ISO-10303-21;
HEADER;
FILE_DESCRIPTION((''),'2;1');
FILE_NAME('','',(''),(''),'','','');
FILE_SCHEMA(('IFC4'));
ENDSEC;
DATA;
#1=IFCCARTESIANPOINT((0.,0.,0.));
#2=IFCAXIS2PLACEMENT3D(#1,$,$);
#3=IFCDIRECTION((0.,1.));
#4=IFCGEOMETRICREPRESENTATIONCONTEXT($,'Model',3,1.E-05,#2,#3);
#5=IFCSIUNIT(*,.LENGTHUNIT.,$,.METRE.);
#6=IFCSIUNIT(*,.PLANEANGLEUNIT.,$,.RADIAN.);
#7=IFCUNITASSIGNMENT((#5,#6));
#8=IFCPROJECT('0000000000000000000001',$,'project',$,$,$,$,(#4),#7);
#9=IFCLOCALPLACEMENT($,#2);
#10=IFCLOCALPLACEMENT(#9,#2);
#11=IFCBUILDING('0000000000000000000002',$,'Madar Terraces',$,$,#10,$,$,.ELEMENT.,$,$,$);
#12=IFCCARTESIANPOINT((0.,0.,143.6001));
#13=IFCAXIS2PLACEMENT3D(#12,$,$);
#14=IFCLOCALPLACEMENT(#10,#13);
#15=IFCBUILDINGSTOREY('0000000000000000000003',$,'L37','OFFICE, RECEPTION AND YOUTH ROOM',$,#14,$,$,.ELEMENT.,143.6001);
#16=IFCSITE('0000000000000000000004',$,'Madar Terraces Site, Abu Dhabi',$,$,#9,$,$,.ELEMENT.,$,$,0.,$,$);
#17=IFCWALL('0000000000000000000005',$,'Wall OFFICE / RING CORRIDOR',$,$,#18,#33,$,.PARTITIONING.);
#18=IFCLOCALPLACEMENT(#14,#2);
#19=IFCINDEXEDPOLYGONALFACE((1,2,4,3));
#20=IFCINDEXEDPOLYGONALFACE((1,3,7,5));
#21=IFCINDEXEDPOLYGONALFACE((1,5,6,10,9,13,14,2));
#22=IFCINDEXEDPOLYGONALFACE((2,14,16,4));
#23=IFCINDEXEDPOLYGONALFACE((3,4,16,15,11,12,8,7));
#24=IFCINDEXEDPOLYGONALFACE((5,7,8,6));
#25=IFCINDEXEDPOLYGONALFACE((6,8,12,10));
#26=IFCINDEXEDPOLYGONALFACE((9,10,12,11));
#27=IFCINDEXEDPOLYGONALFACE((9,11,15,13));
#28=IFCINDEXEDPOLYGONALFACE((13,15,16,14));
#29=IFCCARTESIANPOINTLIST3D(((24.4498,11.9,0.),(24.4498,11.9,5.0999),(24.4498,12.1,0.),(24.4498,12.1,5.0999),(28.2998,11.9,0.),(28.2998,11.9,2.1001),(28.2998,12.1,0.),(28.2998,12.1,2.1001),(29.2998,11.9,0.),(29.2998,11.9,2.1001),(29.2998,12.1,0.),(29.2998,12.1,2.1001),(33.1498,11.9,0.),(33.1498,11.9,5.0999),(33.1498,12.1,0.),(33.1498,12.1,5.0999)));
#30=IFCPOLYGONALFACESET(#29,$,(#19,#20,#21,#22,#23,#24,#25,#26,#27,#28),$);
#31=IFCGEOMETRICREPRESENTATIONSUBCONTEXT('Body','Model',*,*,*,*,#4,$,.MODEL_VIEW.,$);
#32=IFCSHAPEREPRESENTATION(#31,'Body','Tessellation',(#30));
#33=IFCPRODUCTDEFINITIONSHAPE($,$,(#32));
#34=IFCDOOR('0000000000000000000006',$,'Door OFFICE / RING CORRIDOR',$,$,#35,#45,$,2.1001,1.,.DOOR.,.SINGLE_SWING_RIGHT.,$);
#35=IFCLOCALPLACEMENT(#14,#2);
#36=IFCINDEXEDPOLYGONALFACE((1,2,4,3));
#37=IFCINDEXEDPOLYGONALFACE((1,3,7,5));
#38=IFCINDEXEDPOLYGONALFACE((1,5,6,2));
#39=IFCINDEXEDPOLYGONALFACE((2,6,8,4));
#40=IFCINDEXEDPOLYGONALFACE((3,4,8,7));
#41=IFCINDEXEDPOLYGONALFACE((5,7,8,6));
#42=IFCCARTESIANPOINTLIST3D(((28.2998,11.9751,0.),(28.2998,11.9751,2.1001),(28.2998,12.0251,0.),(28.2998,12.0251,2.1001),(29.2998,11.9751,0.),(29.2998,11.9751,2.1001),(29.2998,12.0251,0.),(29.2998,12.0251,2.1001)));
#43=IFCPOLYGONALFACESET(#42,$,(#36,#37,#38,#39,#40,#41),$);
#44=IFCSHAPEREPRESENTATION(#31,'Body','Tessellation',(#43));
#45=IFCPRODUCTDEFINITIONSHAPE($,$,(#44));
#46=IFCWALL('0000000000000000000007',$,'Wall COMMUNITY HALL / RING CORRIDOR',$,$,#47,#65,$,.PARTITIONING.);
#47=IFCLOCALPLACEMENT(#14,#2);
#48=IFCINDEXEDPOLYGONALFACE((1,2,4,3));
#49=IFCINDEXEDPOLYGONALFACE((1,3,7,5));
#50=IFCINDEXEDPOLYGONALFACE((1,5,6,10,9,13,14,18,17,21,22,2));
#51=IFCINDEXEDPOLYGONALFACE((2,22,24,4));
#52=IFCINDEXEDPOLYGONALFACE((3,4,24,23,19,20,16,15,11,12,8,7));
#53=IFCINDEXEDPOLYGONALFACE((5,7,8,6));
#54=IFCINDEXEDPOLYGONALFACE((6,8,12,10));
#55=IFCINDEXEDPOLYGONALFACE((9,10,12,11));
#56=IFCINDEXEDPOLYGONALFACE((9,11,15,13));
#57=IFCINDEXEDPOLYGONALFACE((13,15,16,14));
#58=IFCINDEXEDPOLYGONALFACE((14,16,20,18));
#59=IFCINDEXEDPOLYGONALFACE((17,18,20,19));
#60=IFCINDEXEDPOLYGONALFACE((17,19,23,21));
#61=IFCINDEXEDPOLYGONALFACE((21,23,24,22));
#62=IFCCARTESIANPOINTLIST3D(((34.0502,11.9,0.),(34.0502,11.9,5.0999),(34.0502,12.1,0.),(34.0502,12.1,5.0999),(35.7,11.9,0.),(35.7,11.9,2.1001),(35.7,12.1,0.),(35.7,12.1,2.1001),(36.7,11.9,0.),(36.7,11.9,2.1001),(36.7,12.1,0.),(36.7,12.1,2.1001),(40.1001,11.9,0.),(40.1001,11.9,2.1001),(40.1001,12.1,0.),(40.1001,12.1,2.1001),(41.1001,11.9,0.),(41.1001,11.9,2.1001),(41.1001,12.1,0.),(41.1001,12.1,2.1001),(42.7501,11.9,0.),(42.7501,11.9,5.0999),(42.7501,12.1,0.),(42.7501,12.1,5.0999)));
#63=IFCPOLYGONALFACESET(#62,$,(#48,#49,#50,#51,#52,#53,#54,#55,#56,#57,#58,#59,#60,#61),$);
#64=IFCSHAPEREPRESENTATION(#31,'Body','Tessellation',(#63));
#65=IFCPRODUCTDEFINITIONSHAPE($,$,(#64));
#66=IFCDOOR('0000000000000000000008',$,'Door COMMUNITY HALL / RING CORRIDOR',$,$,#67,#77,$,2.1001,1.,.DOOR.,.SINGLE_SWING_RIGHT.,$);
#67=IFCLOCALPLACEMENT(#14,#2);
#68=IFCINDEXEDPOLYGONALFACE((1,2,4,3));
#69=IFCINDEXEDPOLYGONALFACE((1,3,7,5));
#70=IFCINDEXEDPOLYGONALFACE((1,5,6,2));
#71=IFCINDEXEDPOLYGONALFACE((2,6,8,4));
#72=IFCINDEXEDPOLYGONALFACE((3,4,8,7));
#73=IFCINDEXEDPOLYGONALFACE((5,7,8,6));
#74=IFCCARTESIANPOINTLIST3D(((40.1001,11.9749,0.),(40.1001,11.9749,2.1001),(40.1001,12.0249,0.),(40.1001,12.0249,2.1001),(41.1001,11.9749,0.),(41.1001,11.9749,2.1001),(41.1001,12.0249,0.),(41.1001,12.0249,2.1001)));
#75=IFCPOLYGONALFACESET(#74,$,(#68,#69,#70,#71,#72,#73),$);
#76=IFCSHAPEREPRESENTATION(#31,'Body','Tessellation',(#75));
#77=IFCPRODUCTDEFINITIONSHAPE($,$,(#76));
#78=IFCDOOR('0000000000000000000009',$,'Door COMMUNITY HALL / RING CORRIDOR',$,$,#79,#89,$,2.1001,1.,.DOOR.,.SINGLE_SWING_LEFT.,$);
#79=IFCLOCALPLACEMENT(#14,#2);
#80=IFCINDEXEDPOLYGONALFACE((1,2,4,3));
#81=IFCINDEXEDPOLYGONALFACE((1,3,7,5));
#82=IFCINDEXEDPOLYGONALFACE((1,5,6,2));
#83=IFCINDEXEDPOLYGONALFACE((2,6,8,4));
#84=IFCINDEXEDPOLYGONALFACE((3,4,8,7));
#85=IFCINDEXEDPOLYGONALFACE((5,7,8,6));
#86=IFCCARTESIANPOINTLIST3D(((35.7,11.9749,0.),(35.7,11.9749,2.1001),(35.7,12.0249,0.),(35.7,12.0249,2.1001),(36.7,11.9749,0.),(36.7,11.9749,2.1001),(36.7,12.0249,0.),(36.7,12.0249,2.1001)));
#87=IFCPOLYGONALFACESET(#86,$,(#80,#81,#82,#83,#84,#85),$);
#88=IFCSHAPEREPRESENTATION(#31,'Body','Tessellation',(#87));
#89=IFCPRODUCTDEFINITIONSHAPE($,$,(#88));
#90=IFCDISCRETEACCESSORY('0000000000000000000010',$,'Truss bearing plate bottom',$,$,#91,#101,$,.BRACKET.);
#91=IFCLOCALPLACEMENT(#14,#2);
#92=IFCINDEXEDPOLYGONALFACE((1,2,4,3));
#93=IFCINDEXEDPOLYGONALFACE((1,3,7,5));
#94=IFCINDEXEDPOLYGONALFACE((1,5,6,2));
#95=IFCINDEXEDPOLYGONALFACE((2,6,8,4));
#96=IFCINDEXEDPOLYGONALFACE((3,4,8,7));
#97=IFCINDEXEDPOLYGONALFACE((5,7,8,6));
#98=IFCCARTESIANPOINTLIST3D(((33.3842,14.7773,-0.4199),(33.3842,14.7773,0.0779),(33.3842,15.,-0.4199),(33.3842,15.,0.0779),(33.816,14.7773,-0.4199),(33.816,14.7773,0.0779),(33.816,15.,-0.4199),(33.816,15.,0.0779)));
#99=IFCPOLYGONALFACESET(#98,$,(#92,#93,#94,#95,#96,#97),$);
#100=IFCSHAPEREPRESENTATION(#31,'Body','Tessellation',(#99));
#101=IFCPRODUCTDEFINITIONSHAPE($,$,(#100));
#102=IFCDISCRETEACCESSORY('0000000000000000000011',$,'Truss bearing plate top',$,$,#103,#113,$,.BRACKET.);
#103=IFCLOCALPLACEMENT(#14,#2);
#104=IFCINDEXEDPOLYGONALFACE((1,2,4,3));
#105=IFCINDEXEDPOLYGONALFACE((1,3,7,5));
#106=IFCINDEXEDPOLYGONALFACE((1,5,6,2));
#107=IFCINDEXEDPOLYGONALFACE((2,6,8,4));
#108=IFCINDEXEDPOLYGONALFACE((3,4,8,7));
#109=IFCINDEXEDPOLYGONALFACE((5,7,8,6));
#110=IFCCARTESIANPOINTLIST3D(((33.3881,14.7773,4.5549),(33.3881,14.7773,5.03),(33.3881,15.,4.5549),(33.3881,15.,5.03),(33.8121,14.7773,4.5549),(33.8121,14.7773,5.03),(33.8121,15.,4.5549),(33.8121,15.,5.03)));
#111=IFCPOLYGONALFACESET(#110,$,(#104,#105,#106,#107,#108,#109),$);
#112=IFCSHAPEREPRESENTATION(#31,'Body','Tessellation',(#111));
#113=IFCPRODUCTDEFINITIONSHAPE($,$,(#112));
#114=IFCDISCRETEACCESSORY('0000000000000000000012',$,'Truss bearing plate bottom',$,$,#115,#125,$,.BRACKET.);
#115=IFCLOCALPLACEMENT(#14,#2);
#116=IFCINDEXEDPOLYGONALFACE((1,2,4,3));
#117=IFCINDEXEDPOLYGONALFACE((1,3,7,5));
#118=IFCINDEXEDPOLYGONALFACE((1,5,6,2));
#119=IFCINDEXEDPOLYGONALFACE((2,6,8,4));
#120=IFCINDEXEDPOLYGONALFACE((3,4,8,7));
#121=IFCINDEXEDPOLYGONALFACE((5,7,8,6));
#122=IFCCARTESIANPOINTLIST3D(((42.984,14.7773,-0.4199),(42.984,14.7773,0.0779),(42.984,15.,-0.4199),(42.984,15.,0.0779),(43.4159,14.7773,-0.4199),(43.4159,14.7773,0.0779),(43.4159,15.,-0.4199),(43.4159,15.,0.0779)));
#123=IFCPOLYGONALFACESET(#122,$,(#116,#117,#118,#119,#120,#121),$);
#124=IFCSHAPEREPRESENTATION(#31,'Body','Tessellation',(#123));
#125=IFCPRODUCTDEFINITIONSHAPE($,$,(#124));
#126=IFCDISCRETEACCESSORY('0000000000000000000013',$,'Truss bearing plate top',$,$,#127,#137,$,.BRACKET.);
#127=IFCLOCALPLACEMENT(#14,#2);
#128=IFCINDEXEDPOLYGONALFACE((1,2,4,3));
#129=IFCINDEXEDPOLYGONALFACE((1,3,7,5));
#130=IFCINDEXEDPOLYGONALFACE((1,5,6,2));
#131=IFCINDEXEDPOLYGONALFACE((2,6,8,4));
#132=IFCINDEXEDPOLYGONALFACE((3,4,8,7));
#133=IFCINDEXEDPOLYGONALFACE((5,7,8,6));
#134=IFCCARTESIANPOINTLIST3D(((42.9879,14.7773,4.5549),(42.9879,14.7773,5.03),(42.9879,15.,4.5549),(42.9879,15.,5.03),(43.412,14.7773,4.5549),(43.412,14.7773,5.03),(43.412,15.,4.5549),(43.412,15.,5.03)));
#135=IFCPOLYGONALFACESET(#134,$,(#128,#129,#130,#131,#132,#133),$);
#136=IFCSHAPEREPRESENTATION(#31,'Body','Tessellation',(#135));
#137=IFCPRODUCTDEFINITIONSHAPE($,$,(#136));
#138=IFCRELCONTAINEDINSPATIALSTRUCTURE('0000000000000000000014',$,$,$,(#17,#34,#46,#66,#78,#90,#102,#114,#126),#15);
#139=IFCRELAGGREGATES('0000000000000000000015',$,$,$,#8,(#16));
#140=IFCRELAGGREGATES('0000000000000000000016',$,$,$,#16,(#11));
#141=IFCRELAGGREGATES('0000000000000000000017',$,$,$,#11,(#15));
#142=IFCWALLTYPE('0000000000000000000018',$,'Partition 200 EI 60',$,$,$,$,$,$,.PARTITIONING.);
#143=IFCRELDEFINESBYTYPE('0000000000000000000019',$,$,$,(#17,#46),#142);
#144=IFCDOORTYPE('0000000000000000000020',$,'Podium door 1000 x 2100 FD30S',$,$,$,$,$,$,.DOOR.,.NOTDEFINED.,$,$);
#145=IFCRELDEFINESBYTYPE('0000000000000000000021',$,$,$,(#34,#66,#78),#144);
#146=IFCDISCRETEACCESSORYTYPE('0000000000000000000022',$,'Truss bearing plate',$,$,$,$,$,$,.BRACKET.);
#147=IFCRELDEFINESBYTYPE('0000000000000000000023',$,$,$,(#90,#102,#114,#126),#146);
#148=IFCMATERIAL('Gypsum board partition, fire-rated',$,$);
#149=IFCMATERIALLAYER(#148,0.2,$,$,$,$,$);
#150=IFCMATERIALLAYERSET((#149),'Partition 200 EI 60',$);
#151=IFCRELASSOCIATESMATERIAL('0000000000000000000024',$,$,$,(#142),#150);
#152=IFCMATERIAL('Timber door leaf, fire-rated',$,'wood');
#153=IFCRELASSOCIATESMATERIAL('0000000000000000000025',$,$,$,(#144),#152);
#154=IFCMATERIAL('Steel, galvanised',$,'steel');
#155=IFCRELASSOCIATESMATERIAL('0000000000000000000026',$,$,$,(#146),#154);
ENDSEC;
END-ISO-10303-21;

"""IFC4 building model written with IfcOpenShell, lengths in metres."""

from ifc_helpers import new_model, si_unit, direction, frame, frame_2d, origin, origin_2d, place, context, subcontext, project, spatial, rectangle, extrude, material, layer, layer_set, type_object, element, fill, save


model = new_model("IFC4")

# Units and contexts
model_context = context("Model", 3, precision=1e-05, world=origin(), true_north=direction((0.0, 1.0)))
body_context = subcontext(model_context, "Body", "Model", "MODEL_VIEW")
ifc_project = project(units=[si_unit("LENGTHUNIT", "METRE"), si_unit("PLANEANGLEUNIT", "RADIAN")], contexts=[model_context])

# Site, building, storey
site_placement = place(None, origin())
site = spatial("IfcSite", under=ifc_project, at=site_placement, Name="Madar Terraces Site, Abu Dhabi", CompositionType="ELEMENT", RefElevation=0.0)
building_placement = place(site_placement, origin())
building = spatial("IfcBuilding", under=site, at=building_placement, Name="Madar Terraces", CompositionType="ELEMENT")
storey_placement = place(building_placement, frame((0.0, 0.0, 143.6001)))
storey = spatial("IfcBuildingStorey", under=building, at=storey_placement, Name="L37", Description="OFFICE, RECEPTION AND YOUTH ROOM", CompositionType="ELEMENT", Elevation=143.6001)

# Wall, opening, door
ifc_material_1 = material(Name="Gypsum board partition, fire-rated")
ifc_layer_1 = layer(ifc_material_1, 0.2)
ifc_layer_set_1 = layer_set([ifc_layer_1], Name="Partition 200 EI 60")
wall_type_1 = type_object("IfcWallType", Name="Partition 200 EI 60", PredefinedType="PARTITIONING", material=ifc_layer_set_1)
wall_1_placement = place(storey_placement, frame((33.1499, 12.0, 0.0), z_axis=(0.0, 0.0, 1.0), x_axis=(-1.0, 0.0, 0.0)))
wall_1 = element("IfcWall", 1, at=wall_1_placement, inside=storey, type_object=wall_type_1, Name="Wall OFFICE / RING CORRIDOR", PredefinedType="PARTITIONING", context=body_context, shape_type="SweptSolid", body=[
    extrude(rectangle(XDim=8.7, YDim=0.2, at=frame_2d((4.3501, 0.0))), origin(), (0.0, 0.0, 1.0), 5.0999),
])
opening_1_placement = place(wall_1_placement, frame((3.8501, 0.0, 0.0)))
opening_1 = element("IfcOpeningElement", 2, at=opening_1_placement, cuts=wall_1, PredefinedType="OPENING", context=body_context, shape_type="SweptSolid", body=[
    extrude(rectangle(XDim=1.0, YDim=2.1001, at=frame_2d((0.5, 1.05))), frame((0.0, 0.1099, 0.0), z_axis=(0.0, -1.0, 0.0), x_axis=(1.0, 0.0, 0.0)), (0.0, 0.0, 1.0), 0.22),
])
ifc_material_2 = material(Name="Timber door leaf, fire-rated", Category="wood")
door_type_1 = type_object("IfcDoorType", Name="Podium door 1000 x 2100 FD30S", OperationType="NOTDEFINED", PredefinedType="DOOR", material=ifc_material_2)
door_1_placement = place(opening_1_placement, origin())
door_1 = element("IfcDoor", 3, at=door_1_placement, inside=storey, type_object=door_type_1, Name="Door OFFICE / RING CORRIDOR", OperationType="SINGLE_SWING_RIGHT", OverallHeight=2.1001, OverallWidth=1.0, PredefinedType="DOOR", context=body_context, shape_type="SweptSolid", body=[
    extrude(rectangle(XDim=1.0, YDim=2.1001, at=frame_2d((0.5, 1.05))), frame((0.0, 0.0249, 0.0), z_axis=(0.0, -1.0, 0.0), x_axis=(1.0, 0.0, 0.0)), (0.0, 0.0, 1.0), 0.05),
])
fill(opening_1, door_1)

# Wall, openings, doors
wall_2_placement = place(storey_placement, frame((34.05, 12.0, 0.0), z_axis=(0.0, 0.0, 1.0), x_axis=(1.0, 0.0, 0.0)))
wall_2 = element("IfcWall", 4, at=wall_2_placement, inside=storey, type_object=wall_type_1, Name="Wall COMMUNITY HALL / RING CORRIDOR", PredefinedType="PARTITIONING", context=body_context, shape_type="SweptSolid", body=[
    extrude(rectangle(XDim=8.7, YDim=0.2, at=frame_2d((4.3501, 0.0))), origin(), (0.0, 0.0, 1.0), 5.0999),
])
opening_2_placement = place(wall_2_placement, frame((6.05, 0.0, 0.0)))
opening_2 = element("IfcOpeningElement", 5, at=opening_2_placement, cuts=wall_2, PredefinedType="OPENING", context=body_context, shape_type="SweptSolid", body=[
    extrude(rectangle(XDim=1.0, YDim=2.1001, at=frame_2d((0.5, 1.05))), frame((0.0, 0.1099, 0.0), z_axis=(0.0, -1.0, 0.0), x_axis=(1.0, 0.0, 0.0)), (0.0, 0.0, 1.0), 0.22),
])
opening_3_placement = place(wall_2_placement, frame((1.6499, 0.0, 0.0)))
opening_3 = element("IfcOpeningElement", 6, at=opening_3_placement, cuts=wall_2, PredefinedType="OPENING", context=body_context, shape_type="SweptSolid", body=[
    extrude(rectangle(XDim=1.0, YDim=2.1001, at=frame_2d((0.5, 1.05))), frame((0.0, 0.1099, 0.0), z_axis=(0.0, -1.0, 0.0), x_axis=(1.0, 0.0, 0.0)), (0.0, 0.0, 1.0), 0.22),
])
door_2_placement = place(opening_2_placement, origin())
door_2 = element("IfcDoor", 7, at=door_2_placement, inside=storey, type_object=door_type_1, Name="Door COMMUNITY HALL / RING CORRIDOR", OperationType="SINGLE_SWING_RIGHT", OverallHeight=2.1001, OverallWidth=1.0, PredefinedType="DOOR", context=body_context, shape_type="SweptSolid", body=[
    extrude(rectangle(XDim=1.0, YDim=2.1001, at=frame_2d((0.5, 1.05))), frame((0.0, 0.0249, 0.0), z_axis=(0.0, -1.0, 0.0), x_axis=(1.0, 0.0, 0.0)), (0.0, 0.0, 1.0), 0.05),
])
fill(opening_2, door_2)
door_3_placement = place(opening_3_placement, origin())
door_3 = element("IfcDoor", 8, at=door_3_placement, inside=storey, type_object=door_type_1, Name="Door COMMUNITY HALL / RING CORRIDOR", OperationType="SINGLE_SWING_LEFT", OverallHeight=2.1001, OverallWidth=1.0, PredefinedType="DOOR", context=body_context, shape_type="SweptSolid", body=[
    extrude(rectangle(XDim=1.0, YDim=2.1001, at=frame_2d((0.5, 1.05))), frame((0.0, 0.0249, 0.0), z_axis=(0.0, -1.0, 0.0), x_axis=(1.0, 0.0, 0.0)), (0.0, 0.0, 1.0), 0.05),
])
fill(opening_3, door_3)

# Discrete accessories
ifc_material_3 = material(Name="Steel, galvanised", Category="steel")
discrete_accessory_type = type_object("IfcDiscreteAccessoryType", Name="Truss bearing plate", PredefinedType="BRACKET", material=ifc_material_3)
discrete_accessory_1_placement = place(storey_placement, frame((33.6001, 14.8887, -0.4199), z_axis=(0.0, 0.0, 1.0), x_axis=(1.0, 0.0, 0.0)))
element("IfcDiscreteAccessory", 9, at=discrete_accessory_1_placement, inside=storey, type_object=discrete_accessory_type, Name="Truss bearing plate bottom", PredefinedType="BRACKET", context=body_context, shape_type="SweptSolid", body=[
    extrude(rectangle(XDim=0.4319, YDim=0.2227, at=origin_2d()), origin(), (0.0, 0.0, 1.0), 0.4978),
])
discrete_accessory_2_placement = place(storey_placement, frame((33.6001, 14.8887, 4.5549), z_axis=(0.0, 0.0, 1.0), x_axis=(1.0, 0.0, 0.0)))
element("IfcDiscreteAccessory", 10, at=discrete_accessory_2_placement, inside=storey, type_object=discrete_accessory_type, Name="Truss bearing plate top", PredefinedType="BRACKET", context=body_context, shape_type="SweptSolid", body=[
    extrude(rectangle(XDim=0.4241, YDim=0.2227, at=origin_2d()), origin(), (0.0, 0.0, 1.0), 0.4751),
])
discrete_accessory_3_placement = place(storey_placement, frame((43.2, 14.8887, -0.4199), z_axis=(0.0, 0.0, 1.0), x_axis=(1.0, 0.0, 0.0)))
element("IfcDiscreteAccessory", 11, at=discrete_accessory_3_placement, inside=storey, type_object=discrete_accessory_type, Name="Truss bearing plate bottom", PredefinedType="BRACKET", context=body_context, shape_type="SweptSolid", body=[
    extrude(rectangle(XDim=0.4319, YDim=0.2227, at=origin_2d()), origin(), (0.0, 0.0, 1.0), 0.4978),
])
discrete_accessory_4_placement = place(storey_placement, frame((43.2, 14.8887, 4.5549), z_axis=(0.0, 0.0, 1.0), x_axis=(1.0, 0.0, 0.0)))
element("IfcDiscreteAccessory", 12, at=discrete_accessory_4_placement, inside=storey, type_object=discrete_accessory_type, Name="Truss bearing plate top", PredefinedType="BRACKET", context=body_context, shape_type="SweptSolid", body=[
    extrude(rectangle(XDim=0.4241, YDim=0.2227, at=origin_2d()), origin(), (0.0, 0.0, 1.0), 0.4751),
])

save(model, "model.ifc")
